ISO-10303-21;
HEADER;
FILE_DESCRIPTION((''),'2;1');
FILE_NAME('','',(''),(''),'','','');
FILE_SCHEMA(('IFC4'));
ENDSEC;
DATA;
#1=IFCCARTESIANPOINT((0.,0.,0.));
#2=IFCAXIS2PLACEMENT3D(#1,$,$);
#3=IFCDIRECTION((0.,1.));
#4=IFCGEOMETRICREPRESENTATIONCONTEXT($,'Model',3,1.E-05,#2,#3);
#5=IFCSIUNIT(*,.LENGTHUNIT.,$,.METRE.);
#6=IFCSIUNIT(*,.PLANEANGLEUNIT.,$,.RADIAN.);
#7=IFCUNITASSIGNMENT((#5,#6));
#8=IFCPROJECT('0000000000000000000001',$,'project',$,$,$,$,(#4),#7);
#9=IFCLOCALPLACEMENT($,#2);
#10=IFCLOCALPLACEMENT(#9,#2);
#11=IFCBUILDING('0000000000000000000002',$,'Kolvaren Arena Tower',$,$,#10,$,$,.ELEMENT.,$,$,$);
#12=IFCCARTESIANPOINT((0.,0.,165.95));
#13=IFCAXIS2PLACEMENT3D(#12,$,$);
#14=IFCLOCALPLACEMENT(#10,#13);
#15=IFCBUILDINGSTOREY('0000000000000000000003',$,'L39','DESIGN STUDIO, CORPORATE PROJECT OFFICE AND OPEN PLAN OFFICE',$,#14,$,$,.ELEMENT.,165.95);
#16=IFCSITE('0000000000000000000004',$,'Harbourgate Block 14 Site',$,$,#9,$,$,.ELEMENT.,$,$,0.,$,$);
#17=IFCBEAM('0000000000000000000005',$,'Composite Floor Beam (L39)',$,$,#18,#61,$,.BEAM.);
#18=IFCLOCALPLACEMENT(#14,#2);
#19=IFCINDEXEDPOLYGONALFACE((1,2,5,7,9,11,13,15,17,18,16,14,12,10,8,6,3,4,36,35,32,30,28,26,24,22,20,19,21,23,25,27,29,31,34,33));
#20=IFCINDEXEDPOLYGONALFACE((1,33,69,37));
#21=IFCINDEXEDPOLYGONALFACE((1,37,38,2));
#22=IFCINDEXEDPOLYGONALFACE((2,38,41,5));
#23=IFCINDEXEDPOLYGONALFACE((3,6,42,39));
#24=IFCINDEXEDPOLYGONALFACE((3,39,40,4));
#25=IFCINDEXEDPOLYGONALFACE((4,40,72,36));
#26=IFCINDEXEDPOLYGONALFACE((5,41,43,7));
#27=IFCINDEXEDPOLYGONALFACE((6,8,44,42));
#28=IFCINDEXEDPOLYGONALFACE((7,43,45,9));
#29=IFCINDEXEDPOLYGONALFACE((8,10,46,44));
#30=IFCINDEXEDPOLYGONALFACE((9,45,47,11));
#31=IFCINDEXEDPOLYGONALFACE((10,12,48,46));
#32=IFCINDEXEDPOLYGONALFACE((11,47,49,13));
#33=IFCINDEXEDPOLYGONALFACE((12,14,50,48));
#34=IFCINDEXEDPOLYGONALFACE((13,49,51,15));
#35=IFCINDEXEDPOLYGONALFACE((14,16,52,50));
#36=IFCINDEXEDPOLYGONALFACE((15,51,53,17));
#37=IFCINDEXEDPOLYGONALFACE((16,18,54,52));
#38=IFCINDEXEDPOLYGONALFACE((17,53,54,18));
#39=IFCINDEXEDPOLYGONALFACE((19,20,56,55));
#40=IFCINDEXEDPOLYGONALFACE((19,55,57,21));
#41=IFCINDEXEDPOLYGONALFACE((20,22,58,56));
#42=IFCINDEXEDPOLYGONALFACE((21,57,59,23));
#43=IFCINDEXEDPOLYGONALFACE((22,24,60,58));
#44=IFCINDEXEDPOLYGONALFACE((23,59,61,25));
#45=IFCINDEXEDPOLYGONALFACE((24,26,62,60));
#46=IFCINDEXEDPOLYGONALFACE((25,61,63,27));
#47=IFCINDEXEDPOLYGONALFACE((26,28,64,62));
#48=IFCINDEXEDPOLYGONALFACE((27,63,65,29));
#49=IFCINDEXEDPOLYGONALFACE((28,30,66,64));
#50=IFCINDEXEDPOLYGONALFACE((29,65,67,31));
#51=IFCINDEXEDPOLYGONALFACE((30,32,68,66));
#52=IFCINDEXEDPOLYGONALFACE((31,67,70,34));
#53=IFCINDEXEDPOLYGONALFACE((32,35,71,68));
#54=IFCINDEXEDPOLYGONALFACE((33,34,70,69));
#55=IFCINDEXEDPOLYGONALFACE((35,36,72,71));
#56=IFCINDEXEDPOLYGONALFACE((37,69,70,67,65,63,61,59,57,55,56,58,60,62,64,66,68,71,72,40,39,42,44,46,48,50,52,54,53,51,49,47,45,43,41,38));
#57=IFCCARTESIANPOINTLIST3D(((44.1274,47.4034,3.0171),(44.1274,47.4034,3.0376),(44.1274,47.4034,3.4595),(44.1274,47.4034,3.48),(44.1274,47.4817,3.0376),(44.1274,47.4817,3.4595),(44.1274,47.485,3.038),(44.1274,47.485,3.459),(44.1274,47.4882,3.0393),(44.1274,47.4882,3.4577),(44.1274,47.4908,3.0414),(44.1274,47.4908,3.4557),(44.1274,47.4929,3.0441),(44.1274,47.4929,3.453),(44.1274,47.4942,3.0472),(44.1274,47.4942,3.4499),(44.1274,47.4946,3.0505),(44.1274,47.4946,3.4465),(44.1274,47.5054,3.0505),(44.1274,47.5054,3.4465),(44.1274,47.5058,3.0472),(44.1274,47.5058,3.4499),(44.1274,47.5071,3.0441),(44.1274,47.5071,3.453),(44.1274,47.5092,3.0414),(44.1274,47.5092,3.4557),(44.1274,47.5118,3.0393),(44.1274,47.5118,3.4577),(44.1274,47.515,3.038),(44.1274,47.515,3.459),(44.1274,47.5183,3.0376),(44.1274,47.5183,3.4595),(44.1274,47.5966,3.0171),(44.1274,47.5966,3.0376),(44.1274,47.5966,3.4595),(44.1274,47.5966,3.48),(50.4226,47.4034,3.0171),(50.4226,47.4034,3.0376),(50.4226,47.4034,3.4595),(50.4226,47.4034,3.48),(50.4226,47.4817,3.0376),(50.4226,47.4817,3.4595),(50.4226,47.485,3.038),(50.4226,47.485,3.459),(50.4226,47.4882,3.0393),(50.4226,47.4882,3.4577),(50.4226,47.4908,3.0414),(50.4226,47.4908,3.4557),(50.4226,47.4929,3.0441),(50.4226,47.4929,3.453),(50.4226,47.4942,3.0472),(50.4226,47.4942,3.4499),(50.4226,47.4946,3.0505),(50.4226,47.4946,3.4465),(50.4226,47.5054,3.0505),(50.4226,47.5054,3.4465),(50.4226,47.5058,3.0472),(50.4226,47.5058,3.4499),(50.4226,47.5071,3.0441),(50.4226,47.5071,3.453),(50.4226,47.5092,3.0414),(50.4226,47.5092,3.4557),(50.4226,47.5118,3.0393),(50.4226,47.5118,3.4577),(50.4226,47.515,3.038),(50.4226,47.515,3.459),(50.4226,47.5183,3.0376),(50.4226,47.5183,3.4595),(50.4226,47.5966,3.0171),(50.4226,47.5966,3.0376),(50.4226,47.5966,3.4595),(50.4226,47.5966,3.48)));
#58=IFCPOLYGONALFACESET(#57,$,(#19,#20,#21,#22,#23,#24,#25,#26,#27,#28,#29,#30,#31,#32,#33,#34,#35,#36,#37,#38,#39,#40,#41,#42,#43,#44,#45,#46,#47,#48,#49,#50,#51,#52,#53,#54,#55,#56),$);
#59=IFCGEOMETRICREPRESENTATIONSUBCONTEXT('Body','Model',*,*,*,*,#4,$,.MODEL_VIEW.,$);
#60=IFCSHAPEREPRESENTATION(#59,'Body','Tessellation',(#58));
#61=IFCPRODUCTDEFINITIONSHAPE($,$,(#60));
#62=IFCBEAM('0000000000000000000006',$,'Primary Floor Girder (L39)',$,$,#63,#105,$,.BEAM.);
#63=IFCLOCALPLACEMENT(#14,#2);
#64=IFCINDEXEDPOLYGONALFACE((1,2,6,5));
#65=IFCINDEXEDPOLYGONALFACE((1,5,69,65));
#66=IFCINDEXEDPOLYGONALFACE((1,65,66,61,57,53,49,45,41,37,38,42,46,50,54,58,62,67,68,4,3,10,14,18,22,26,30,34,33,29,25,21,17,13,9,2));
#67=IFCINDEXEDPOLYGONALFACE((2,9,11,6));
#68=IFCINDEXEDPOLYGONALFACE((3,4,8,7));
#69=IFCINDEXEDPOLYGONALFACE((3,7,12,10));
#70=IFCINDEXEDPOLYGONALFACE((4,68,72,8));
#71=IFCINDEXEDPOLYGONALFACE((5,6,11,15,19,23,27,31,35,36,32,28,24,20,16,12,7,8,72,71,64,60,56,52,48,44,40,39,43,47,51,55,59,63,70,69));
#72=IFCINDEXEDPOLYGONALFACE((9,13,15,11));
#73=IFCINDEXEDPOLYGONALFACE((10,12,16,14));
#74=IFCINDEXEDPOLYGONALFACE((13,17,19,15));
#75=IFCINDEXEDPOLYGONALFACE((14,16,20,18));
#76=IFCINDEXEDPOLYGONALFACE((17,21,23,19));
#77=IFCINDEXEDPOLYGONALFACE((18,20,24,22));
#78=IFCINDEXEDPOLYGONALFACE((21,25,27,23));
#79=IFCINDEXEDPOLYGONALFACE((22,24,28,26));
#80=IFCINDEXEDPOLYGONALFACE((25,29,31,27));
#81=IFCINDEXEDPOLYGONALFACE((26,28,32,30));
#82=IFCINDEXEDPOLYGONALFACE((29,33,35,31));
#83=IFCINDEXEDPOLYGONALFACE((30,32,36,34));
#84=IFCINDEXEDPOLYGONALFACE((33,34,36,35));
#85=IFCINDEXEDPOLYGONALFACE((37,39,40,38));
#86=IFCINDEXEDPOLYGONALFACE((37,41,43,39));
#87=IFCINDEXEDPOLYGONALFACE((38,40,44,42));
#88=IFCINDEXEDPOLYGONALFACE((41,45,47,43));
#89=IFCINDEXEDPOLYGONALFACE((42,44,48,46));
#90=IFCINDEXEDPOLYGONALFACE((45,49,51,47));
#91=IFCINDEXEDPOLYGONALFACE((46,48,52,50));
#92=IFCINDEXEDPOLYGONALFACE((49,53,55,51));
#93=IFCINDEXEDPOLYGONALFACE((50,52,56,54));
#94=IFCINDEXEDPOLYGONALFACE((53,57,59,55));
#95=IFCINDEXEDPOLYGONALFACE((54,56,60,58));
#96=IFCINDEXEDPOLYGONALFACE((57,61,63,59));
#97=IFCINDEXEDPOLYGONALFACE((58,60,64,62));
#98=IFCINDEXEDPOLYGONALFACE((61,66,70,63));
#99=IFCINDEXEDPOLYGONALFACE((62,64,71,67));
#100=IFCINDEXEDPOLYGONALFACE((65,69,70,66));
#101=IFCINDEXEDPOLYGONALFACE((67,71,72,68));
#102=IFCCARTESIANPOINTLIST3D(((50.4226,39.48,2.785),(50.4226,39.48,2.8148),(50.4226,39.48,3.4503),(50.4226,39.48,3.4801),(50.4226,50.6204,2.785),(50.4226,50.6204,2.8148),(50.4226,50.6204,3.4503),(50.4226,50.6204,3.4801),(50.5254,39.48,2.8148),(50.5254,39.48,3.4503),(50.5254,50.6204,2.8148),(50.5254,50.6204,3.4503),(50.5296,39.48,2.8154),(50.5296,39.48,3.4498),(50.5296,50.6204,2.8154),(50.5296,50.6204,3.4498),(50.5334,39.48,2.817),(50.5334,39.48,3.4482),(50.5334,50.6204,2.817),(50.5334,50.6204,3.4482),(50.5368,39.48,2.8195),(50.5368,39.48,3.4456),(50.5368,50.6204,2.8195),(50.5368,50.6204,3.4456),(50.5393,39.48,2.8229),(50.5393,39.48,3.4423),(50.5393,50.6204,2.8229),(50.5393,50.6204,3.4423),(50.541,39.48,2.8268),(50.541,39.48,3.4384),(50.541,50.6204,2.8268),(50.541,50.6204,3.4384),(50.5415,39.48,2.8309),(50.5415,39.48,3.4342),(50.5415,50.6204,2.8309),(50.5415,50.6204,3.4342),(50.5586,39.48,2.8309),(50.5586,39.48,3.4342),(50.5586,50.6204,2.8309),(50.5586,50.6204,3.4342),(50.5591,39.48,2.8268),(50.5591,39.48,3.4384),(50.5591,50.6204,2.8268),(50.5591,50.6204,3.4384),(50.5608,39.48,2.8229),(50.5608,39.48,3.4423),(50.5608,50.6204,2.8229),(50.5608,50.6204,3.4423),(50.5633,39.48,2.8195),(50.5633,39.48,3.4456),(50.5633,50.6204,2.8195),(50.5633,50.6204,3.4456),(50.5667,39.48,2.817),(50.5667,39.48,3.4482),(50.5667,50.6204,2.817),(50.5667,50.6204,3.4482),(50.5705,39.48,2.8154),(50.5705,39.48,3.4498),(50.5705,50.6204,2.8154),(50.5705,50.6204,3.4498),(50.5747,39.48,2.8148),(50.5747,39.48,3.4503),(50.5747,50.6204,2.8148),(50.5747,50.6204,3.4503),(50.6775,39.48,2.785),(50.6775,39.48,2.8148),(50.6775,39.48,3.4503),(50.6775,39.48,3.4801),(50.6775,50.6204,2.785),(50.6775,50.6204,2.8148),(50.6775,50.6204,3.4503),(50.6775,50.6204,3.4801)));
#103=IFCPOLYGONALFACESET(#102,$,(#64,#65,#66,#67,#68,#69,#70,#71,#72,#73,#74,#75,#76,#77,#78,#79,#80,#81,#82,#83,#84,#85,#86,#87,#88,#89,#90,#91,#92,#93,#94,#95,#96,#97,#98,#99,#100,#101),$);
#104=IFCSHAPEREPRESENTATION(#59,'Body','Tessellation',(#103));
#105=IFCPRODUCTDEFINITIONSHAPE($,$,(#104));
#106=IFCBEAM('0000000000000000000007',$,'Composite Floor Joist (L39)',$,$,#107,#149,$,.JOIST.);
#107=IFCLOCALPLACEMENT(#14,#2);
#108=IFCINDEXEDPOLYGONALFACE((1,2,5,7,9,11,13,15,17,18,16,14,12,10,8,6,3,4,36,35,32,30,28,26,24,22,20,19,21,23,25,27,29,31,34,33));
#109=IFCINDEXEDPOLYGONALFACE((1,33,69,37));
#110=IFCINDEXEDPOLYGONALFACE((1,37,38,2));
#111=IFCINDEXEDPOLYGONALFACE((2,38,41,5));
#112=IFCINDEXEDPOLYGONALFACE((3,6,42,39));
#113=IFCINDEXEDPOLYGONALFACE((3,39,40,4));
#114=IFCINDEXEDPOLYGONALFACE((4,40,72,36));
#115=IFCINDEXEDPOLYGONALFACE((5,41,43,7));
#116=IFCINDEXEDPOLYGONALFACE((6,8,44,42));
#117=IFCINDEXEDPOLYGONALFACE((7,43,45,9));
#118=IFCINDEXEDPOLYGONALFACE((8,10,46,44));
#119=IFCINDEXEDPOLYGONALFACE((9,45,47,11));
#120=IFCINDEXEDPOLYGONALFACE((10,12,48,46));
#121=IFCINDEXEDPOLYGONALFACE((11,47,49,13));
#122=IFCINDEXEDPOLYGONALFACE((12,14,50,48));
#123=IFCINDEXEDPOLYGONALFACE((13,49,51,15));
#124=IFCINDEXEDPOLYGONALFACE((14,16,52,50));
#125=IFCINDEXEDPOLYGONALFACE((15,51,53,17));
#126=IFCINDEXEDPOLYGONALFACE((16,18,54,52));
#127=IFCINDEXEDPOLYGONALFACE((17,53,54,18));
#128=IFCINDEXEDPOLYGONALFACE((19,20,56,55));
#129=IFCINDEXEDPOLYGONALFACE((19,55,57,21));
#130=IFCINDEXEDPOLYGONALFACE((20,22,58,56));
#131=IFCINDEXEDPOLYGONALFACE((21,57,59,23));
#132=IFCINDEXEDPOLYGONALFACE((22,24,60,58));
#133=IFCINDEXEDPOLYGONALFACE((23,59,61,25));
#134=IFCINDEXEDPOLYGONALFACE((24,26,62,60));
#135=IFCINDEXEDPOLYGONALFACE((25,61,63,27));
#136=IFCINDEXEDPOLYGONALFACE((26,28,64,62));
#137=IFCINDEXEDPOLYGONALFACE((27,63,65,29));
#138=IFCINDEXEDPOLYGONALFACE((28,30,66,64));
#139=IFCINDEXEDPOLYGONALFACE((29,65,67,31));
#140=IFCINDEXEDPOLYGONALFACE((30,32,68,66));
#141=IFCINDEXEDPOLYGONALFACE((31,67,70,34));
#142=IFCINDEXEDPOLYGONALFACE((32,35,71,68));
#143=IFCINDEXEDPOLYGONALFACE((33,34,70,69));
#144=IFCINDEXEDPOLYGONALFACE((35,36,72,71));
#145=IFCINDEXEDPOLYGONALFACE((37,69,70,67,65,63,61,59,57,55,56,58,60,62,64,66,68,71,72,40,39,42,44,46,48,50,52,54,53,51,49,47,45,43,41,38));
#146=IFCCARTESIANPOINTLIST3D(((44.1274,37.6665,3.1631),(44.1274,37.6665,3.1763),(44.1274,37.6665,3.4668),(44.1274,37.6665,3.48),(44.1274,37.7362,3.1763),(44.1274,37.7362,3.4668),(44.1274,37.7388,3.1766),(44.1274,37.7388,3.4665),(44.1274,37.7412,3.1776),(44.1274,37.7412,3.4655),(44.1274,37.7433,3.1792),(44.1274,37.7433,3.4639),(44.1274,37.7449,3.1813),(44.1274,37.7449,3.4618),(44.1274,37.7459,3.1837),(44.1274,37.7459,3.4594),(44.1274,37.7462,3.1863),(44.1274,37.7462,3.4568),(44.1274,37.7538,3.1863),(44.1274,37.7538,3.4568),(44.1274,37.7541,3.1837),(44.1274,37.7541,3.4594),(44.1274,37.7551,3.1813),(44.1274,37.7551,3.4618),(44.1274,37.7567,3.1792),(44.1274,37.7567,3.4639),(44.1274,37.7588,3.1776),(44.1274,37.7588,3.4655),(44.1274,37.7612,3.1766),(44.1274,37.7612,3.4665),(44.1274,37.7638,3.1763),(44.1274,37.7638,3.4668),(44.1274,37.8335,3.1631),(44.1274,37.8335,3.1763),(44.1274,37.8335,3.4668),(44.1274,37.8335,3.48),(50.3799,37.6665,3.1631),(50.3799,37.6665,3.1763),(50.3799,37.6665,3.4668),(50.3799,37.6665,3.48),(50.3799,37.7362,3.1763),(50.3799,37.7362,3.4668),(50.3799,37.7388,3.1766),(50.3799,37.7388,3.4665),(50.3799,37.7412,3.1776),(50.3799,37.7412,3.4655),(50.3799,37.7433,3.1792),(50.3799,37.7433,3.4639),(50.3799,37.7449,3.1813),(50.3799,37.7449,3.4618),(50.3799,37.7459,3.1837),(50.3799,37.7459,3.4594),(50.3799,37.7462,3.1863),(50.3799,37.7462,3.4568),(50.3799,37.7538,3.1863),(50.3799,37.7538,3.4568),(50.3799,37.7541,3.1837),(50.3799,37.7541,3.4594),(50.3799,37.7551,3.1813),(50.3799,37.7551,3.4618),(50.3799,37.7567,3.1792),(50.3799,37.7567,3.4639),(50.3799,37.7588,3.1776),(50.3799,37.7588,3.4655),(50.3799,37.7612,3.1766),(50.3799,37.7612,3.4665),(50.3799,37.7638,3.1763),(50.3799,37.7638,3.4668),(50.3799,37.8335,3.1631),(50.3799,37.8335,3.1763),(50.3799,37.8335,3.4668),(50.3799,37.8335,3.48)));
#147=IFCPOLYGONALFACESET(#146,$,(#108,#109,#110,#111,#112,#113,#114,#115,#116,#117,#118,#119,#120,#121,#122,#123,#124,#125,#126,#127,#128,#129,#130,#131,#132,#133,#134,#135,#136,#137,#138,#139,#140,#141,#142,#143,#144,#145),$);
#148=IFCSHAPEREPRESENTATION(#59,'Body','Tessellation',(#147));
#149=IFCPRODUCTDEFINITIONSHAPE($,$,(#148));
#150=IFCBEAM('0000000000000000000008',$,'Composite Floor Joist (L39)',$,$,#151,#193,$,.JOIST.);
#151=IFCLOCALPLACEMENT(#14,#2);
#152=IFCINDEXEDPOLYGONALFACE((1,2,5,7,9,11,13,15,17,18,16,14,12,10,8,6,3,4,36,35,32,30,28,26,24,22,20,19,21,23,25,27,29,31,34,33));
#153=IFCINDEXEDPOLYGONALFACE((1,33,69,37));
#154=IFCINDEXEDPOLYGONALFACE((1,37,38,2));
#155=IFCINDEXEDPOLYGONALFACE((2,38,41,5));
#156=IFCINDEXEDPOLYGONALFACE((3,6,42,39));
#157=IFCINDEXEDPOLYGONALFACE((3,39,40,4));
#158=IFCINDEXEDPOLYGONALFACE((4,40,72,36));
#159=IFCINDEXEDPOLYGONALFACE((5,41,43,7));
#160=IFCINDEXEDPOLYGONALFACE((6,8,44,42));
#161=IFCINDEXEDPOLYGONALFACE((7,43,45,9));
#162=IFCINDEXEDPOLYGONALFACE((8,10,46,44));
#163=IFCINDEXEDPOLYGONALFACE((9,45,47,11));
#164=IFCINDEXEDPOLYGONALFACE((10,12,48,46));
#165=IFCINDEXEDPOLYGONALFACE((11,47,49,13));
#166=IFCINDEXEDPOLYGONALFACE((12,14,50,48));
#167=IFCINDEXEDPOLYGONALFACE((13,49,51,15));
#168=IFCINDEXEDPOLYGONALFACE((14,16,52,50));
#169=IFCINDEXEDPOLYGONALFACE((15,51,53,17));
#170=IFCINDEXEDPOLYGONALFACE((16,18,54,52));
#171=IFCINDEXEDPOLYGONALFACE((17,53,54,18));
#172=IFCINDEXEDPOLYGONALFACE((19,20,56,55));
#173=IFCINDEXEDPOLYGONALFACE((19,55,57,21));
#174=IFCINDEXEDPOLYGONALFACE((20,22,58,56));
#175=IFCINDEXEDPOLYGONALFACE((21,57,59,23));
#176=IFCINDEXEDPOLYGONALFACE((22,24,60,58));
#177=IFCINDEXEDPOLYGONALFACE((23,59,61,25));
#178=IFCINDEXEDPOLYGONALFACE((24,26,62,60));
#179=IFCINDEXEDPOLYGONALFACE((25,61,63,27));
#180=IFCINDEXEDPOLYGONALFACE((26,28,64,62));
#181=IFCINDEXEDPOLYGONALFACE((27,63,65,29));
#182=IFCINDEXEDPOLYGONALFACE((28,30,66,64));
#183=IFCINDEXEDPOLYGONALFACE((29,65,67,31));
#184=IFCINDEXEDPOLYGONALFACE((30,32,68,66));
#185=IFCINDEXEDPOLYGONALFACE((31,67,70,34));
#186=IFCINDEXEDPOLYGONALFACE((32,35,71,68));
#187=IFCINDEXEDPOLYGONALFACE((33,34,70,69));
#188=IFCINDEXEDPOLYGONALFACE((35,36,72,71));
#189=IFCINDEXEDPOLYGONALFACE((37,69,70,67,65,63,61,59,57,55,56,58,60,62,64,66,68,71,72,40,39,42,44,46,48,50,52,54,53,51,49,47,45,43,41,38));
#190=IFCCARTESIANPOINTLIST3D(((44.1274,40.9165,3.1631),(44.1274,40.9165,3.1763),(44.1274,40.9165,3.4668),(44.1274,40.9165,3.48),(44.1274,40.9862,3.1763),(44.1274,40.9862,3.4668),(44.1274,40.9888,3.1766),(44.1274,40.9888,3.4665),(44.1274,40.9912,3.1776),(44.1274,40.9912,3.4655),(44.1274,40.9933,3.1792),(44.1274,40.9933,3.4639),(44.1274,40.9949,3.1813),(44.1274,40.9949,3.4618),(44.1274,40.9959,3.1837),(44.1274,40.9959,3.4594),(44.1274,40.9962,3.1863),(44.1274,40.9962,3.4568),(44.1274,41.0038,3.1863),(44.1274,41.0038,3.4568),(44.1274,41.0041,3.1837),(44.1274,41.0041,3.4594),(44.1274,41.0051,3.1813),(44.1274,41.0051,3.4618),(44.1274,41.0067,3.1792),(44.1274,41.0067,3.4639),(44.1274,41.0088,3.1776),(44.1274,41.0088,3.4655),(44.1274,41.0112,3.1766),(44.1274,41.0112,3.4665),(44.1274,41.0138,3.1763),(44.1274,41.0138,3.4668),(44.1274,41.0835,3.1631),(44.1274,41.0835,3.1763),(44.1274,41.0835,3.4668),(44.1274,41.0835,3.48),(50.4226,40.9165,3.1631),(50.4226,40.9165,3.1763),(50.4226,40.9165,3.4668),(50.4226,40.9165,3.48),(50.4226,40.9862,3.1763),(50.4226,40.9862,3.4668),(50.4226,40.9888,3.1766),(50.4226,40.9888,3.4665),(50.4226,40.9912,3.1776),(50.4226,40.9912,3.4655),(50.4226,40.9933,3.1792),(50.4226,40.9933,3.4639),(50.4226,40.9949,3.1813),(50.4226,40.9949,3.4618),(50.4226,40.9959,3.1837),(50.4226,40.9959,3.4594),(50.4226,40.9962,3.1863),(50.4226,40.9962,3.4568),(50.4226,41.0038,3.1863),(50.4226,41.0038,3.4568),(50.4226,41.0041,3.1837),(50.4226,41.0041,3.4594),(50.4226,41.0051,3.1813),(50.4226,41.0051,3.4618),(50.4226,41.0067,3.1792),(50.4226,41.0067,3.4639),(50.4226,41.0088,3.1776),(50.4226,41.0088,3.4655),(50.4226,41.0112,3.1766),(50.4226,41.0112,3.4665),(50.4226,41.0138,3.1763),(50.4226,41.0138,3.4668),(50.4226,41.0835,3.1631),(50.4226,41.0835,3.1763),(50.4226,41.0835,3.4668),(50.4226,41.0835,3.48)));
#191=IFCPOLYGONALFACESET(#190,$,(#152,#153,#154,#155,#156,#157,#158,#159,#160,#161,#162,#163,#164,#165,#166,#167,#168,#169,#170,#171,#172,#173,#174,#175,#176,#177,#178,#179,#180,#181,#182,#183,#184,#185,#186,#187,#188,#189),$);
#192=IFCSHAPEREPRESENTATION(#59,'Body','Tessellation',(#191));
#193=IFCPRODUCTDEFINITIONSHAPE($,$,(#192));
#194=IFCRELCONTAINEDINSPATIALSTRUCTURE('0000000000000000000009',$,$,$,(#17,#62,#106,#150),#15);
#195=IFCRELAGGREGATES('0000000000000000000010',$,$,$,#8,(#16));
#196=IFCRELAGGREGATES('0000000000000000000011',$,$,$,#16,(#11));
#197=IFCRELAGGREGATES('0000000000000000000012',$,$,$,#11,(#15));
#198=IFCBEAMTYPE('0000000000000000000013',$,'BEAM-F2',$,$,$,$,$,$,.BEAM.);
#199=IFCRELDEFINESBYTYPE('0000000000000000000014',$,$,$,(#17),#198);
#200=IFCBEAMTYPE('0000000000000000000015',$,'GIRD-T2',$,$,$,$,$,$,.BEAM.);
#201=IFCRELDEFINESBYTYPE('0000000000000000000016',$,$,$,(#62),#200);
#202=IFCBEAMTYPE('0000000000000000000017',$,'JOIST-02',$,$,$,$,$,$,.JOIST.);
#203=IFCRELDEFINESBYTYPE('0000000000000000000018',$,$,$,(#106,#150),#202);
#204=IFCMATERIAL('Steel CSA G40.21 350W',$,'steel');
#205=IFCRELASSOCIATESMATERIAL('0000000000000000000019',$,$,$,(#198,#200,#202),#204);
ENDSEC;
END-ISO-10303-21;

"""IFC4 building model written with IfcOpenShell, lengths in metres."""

from ifc_helpers import new_model, si_unit, direction, frame, origin, origin_2d, place, context, subcontext, project, spatial, i_section, extrude, material, material_profile, profile_set, type_object, element, save


model = new_model("IFC4")

# Units and contexts
model_context = context("Model", 3, precision=1e-05, world=origin(), true_north=direction((0.0, 1.0)))
body_context = subcontext(model_context, "Body", "Model", "MODEL_VIEW")
ifc_project = project(units=[si_unit("LENGTHUNIT", "METRE"), si_unit("PLANEANGLEUNIT", "RADIAN")], contexts=[model_context])

# Site, building, storey
site_placement = place(None, origin())
site = spatial("IfcSite", under=ifc_project, at=site_placement, Name="Harbourgate Block 14 Site", CompositionType="ELEMENT", RefElevation=0.0)
building_placement = place(site_placement, origin())
building = spatial("IfcBuilding", under=site, at=building_placement, Name="Kolvaren Arena Tower", CompositionType="ELEMENT")
storey_placement = place(building_placement, frame((0.0, 0.0, 165.95)))
storey = spatial("IfcBuildingStorey", under=building, at=storey_placement, Name="L39", Description="DESIGN STUDIO, CORPORATE PROJECT OFFICE AND OPEN PLAN OFFICE", CompositionType="ELEMENT", Elevation=165.95)

# Beams
ifc_material_1 = material(Name="Steel CSA G40.21 350W", Category="steel")
ifc_material_profile_1 = material_profile(ifc_material_1, i_section(OverallWidth=0.1931, OverallDepth=0.4629, WebThickness=0.0107, FlangeThickness=0.0205, FilletRadius=0.0129, at=origin_2d()), Name="W460x113")
ifc_profile_set_1 = profile_set([ifc_material_profile_1], Name="Steel CSA G40.21 350W")
beam_type_1 = type_object("IfcBeamType", Name="BEAM-F2", PredefinedType="BEAM", material=ifc_profile_set_1)
beam_1_placement = place(storey_placement, frame((44.1274, 47.5, 3.2485), z_axis=(1.0, 0.0, 0.0), x_axis=(0.0, 1.0, 0.0)))
element("IfcBeam", 1, at=beam_1_placement, inside=storey, type_object=beam_type_1, Name="Composite Floor Beam (L39)", PredefinedType="BEAM", context=body_context, shape_type="SweptSolid", body=[
    extrude(i_section(OverallWidth=0.1931, OverallDepth=0.4629, WebThickness=0.0107, FlangeThickness=0.0205, FilletRadius=0.0129, at=origin_2d()), origin(), (0.0, 0.0, 1.0), 6.2952),
])
ifc_material_profile_2 = material_profile(ifc_material_1, i_section(OverallWidth=0.2549, OverallDepth=0.6951, WebThickness=0.0171, FlangeThickness=0.0298, FilletRadius=0.0161, at=origin_2d()), Name="W690x217")
ifc_profile_set_2 = profile_set([ifc_material_profile_2], Name="Steel CSA G40.21 350W")
beam_type_2 = type_object("IfcBeamType", Name="GIRD-T2", PredefinedType="BEAM", material=ifc_profile_set_2)
beam_2_placement = place(storey_placement, frame((50.55, 39.48, 3.1326), z_axis=(0.0, 1.0, 0.0), x_axis=(-1.0, 0.0, 0.0)))
element("IfcBeam", 2, at=beam_2_placement, inside=storey, type_object=beam_type_2, Name="Primary Floor Girder (L39)", PredefinedType="BEAM", context=body_context, shape_type="SweptSolid", body=[
    extrude(i_section(OverallWidth=0.2549, OverallDepth=0.6951, WebThickness=0.0171, FlangeThickness=0.0298, FilletRadius=0.0161, at=origin_2d()), origin(), (0.0, 0.0, 1.0), 11.1404),
])
ifc_material_profile_3 = material_profile(ifc_material_1, i_section(OverallWidth=0.167, OverallDepth=0.3169, WebThickness=0.0076, FlangeThickness=0.0132, FilletRadius=0.01, at=origin_2d()), Name="W310x52")
ifc_profile_set_3 = profile_set([ifc_material_profile_3], Name="Steel CSA G40.21 350W")
beam_type_3 = type_object("IfcBeamType", Name="JOIST-02", PredefinedType="JOIST", material=ifc_profile_set_3)
beam_3_placement = place(storey_placement, frame((44.1274, 37.75, 3.3215), z_axis=(1.0, 0.0, 0.0), x_axis=(0.0, 1.0, 0.0)))
element("IfcBeam", 3, at=beam_3_placement, inside=storey, type_object=beam_type_3, Name="Composite Floor Joist (L39)", PredefinedType="JOIST", context=body_context, shape_type="SweptSolid", body=[
    extrude(i_section(OverallWidth=0.167, OverallDepth=0.3169, WebThickness=0.0076, FlangeThickness=0.0132, FilletRadius=0.01, at=origin_2d()), origin(), (0.0, 0.0, 1.0), 6.2524),
])
beam_4_placement = place(storey_placement, frame((44.1274, 41.0, 3.3215), z_axis=(1.0, 0.0, 0.0), x_axis=(0.0, 1.0, 0.0)))
element("IfcBeam", 4, at=beam_4_placement, inside=storey, type_object=beam_type_3, Name="Composite Floor Joist (L39)", PredefinedType="JOIST", context=body_context, shape_type="SweptSolid", body=[
    extrude(i_section(OverallWidth=0.167, OverallDepth=0.3169, WebThickness=0.0076, FlangeThickness=0.0132, FilletRadius=0.01, at=origin_2d()), origin(), (0.0, 0.0, 1.0), 6.2952),
])

save(model, "model.ifc")
